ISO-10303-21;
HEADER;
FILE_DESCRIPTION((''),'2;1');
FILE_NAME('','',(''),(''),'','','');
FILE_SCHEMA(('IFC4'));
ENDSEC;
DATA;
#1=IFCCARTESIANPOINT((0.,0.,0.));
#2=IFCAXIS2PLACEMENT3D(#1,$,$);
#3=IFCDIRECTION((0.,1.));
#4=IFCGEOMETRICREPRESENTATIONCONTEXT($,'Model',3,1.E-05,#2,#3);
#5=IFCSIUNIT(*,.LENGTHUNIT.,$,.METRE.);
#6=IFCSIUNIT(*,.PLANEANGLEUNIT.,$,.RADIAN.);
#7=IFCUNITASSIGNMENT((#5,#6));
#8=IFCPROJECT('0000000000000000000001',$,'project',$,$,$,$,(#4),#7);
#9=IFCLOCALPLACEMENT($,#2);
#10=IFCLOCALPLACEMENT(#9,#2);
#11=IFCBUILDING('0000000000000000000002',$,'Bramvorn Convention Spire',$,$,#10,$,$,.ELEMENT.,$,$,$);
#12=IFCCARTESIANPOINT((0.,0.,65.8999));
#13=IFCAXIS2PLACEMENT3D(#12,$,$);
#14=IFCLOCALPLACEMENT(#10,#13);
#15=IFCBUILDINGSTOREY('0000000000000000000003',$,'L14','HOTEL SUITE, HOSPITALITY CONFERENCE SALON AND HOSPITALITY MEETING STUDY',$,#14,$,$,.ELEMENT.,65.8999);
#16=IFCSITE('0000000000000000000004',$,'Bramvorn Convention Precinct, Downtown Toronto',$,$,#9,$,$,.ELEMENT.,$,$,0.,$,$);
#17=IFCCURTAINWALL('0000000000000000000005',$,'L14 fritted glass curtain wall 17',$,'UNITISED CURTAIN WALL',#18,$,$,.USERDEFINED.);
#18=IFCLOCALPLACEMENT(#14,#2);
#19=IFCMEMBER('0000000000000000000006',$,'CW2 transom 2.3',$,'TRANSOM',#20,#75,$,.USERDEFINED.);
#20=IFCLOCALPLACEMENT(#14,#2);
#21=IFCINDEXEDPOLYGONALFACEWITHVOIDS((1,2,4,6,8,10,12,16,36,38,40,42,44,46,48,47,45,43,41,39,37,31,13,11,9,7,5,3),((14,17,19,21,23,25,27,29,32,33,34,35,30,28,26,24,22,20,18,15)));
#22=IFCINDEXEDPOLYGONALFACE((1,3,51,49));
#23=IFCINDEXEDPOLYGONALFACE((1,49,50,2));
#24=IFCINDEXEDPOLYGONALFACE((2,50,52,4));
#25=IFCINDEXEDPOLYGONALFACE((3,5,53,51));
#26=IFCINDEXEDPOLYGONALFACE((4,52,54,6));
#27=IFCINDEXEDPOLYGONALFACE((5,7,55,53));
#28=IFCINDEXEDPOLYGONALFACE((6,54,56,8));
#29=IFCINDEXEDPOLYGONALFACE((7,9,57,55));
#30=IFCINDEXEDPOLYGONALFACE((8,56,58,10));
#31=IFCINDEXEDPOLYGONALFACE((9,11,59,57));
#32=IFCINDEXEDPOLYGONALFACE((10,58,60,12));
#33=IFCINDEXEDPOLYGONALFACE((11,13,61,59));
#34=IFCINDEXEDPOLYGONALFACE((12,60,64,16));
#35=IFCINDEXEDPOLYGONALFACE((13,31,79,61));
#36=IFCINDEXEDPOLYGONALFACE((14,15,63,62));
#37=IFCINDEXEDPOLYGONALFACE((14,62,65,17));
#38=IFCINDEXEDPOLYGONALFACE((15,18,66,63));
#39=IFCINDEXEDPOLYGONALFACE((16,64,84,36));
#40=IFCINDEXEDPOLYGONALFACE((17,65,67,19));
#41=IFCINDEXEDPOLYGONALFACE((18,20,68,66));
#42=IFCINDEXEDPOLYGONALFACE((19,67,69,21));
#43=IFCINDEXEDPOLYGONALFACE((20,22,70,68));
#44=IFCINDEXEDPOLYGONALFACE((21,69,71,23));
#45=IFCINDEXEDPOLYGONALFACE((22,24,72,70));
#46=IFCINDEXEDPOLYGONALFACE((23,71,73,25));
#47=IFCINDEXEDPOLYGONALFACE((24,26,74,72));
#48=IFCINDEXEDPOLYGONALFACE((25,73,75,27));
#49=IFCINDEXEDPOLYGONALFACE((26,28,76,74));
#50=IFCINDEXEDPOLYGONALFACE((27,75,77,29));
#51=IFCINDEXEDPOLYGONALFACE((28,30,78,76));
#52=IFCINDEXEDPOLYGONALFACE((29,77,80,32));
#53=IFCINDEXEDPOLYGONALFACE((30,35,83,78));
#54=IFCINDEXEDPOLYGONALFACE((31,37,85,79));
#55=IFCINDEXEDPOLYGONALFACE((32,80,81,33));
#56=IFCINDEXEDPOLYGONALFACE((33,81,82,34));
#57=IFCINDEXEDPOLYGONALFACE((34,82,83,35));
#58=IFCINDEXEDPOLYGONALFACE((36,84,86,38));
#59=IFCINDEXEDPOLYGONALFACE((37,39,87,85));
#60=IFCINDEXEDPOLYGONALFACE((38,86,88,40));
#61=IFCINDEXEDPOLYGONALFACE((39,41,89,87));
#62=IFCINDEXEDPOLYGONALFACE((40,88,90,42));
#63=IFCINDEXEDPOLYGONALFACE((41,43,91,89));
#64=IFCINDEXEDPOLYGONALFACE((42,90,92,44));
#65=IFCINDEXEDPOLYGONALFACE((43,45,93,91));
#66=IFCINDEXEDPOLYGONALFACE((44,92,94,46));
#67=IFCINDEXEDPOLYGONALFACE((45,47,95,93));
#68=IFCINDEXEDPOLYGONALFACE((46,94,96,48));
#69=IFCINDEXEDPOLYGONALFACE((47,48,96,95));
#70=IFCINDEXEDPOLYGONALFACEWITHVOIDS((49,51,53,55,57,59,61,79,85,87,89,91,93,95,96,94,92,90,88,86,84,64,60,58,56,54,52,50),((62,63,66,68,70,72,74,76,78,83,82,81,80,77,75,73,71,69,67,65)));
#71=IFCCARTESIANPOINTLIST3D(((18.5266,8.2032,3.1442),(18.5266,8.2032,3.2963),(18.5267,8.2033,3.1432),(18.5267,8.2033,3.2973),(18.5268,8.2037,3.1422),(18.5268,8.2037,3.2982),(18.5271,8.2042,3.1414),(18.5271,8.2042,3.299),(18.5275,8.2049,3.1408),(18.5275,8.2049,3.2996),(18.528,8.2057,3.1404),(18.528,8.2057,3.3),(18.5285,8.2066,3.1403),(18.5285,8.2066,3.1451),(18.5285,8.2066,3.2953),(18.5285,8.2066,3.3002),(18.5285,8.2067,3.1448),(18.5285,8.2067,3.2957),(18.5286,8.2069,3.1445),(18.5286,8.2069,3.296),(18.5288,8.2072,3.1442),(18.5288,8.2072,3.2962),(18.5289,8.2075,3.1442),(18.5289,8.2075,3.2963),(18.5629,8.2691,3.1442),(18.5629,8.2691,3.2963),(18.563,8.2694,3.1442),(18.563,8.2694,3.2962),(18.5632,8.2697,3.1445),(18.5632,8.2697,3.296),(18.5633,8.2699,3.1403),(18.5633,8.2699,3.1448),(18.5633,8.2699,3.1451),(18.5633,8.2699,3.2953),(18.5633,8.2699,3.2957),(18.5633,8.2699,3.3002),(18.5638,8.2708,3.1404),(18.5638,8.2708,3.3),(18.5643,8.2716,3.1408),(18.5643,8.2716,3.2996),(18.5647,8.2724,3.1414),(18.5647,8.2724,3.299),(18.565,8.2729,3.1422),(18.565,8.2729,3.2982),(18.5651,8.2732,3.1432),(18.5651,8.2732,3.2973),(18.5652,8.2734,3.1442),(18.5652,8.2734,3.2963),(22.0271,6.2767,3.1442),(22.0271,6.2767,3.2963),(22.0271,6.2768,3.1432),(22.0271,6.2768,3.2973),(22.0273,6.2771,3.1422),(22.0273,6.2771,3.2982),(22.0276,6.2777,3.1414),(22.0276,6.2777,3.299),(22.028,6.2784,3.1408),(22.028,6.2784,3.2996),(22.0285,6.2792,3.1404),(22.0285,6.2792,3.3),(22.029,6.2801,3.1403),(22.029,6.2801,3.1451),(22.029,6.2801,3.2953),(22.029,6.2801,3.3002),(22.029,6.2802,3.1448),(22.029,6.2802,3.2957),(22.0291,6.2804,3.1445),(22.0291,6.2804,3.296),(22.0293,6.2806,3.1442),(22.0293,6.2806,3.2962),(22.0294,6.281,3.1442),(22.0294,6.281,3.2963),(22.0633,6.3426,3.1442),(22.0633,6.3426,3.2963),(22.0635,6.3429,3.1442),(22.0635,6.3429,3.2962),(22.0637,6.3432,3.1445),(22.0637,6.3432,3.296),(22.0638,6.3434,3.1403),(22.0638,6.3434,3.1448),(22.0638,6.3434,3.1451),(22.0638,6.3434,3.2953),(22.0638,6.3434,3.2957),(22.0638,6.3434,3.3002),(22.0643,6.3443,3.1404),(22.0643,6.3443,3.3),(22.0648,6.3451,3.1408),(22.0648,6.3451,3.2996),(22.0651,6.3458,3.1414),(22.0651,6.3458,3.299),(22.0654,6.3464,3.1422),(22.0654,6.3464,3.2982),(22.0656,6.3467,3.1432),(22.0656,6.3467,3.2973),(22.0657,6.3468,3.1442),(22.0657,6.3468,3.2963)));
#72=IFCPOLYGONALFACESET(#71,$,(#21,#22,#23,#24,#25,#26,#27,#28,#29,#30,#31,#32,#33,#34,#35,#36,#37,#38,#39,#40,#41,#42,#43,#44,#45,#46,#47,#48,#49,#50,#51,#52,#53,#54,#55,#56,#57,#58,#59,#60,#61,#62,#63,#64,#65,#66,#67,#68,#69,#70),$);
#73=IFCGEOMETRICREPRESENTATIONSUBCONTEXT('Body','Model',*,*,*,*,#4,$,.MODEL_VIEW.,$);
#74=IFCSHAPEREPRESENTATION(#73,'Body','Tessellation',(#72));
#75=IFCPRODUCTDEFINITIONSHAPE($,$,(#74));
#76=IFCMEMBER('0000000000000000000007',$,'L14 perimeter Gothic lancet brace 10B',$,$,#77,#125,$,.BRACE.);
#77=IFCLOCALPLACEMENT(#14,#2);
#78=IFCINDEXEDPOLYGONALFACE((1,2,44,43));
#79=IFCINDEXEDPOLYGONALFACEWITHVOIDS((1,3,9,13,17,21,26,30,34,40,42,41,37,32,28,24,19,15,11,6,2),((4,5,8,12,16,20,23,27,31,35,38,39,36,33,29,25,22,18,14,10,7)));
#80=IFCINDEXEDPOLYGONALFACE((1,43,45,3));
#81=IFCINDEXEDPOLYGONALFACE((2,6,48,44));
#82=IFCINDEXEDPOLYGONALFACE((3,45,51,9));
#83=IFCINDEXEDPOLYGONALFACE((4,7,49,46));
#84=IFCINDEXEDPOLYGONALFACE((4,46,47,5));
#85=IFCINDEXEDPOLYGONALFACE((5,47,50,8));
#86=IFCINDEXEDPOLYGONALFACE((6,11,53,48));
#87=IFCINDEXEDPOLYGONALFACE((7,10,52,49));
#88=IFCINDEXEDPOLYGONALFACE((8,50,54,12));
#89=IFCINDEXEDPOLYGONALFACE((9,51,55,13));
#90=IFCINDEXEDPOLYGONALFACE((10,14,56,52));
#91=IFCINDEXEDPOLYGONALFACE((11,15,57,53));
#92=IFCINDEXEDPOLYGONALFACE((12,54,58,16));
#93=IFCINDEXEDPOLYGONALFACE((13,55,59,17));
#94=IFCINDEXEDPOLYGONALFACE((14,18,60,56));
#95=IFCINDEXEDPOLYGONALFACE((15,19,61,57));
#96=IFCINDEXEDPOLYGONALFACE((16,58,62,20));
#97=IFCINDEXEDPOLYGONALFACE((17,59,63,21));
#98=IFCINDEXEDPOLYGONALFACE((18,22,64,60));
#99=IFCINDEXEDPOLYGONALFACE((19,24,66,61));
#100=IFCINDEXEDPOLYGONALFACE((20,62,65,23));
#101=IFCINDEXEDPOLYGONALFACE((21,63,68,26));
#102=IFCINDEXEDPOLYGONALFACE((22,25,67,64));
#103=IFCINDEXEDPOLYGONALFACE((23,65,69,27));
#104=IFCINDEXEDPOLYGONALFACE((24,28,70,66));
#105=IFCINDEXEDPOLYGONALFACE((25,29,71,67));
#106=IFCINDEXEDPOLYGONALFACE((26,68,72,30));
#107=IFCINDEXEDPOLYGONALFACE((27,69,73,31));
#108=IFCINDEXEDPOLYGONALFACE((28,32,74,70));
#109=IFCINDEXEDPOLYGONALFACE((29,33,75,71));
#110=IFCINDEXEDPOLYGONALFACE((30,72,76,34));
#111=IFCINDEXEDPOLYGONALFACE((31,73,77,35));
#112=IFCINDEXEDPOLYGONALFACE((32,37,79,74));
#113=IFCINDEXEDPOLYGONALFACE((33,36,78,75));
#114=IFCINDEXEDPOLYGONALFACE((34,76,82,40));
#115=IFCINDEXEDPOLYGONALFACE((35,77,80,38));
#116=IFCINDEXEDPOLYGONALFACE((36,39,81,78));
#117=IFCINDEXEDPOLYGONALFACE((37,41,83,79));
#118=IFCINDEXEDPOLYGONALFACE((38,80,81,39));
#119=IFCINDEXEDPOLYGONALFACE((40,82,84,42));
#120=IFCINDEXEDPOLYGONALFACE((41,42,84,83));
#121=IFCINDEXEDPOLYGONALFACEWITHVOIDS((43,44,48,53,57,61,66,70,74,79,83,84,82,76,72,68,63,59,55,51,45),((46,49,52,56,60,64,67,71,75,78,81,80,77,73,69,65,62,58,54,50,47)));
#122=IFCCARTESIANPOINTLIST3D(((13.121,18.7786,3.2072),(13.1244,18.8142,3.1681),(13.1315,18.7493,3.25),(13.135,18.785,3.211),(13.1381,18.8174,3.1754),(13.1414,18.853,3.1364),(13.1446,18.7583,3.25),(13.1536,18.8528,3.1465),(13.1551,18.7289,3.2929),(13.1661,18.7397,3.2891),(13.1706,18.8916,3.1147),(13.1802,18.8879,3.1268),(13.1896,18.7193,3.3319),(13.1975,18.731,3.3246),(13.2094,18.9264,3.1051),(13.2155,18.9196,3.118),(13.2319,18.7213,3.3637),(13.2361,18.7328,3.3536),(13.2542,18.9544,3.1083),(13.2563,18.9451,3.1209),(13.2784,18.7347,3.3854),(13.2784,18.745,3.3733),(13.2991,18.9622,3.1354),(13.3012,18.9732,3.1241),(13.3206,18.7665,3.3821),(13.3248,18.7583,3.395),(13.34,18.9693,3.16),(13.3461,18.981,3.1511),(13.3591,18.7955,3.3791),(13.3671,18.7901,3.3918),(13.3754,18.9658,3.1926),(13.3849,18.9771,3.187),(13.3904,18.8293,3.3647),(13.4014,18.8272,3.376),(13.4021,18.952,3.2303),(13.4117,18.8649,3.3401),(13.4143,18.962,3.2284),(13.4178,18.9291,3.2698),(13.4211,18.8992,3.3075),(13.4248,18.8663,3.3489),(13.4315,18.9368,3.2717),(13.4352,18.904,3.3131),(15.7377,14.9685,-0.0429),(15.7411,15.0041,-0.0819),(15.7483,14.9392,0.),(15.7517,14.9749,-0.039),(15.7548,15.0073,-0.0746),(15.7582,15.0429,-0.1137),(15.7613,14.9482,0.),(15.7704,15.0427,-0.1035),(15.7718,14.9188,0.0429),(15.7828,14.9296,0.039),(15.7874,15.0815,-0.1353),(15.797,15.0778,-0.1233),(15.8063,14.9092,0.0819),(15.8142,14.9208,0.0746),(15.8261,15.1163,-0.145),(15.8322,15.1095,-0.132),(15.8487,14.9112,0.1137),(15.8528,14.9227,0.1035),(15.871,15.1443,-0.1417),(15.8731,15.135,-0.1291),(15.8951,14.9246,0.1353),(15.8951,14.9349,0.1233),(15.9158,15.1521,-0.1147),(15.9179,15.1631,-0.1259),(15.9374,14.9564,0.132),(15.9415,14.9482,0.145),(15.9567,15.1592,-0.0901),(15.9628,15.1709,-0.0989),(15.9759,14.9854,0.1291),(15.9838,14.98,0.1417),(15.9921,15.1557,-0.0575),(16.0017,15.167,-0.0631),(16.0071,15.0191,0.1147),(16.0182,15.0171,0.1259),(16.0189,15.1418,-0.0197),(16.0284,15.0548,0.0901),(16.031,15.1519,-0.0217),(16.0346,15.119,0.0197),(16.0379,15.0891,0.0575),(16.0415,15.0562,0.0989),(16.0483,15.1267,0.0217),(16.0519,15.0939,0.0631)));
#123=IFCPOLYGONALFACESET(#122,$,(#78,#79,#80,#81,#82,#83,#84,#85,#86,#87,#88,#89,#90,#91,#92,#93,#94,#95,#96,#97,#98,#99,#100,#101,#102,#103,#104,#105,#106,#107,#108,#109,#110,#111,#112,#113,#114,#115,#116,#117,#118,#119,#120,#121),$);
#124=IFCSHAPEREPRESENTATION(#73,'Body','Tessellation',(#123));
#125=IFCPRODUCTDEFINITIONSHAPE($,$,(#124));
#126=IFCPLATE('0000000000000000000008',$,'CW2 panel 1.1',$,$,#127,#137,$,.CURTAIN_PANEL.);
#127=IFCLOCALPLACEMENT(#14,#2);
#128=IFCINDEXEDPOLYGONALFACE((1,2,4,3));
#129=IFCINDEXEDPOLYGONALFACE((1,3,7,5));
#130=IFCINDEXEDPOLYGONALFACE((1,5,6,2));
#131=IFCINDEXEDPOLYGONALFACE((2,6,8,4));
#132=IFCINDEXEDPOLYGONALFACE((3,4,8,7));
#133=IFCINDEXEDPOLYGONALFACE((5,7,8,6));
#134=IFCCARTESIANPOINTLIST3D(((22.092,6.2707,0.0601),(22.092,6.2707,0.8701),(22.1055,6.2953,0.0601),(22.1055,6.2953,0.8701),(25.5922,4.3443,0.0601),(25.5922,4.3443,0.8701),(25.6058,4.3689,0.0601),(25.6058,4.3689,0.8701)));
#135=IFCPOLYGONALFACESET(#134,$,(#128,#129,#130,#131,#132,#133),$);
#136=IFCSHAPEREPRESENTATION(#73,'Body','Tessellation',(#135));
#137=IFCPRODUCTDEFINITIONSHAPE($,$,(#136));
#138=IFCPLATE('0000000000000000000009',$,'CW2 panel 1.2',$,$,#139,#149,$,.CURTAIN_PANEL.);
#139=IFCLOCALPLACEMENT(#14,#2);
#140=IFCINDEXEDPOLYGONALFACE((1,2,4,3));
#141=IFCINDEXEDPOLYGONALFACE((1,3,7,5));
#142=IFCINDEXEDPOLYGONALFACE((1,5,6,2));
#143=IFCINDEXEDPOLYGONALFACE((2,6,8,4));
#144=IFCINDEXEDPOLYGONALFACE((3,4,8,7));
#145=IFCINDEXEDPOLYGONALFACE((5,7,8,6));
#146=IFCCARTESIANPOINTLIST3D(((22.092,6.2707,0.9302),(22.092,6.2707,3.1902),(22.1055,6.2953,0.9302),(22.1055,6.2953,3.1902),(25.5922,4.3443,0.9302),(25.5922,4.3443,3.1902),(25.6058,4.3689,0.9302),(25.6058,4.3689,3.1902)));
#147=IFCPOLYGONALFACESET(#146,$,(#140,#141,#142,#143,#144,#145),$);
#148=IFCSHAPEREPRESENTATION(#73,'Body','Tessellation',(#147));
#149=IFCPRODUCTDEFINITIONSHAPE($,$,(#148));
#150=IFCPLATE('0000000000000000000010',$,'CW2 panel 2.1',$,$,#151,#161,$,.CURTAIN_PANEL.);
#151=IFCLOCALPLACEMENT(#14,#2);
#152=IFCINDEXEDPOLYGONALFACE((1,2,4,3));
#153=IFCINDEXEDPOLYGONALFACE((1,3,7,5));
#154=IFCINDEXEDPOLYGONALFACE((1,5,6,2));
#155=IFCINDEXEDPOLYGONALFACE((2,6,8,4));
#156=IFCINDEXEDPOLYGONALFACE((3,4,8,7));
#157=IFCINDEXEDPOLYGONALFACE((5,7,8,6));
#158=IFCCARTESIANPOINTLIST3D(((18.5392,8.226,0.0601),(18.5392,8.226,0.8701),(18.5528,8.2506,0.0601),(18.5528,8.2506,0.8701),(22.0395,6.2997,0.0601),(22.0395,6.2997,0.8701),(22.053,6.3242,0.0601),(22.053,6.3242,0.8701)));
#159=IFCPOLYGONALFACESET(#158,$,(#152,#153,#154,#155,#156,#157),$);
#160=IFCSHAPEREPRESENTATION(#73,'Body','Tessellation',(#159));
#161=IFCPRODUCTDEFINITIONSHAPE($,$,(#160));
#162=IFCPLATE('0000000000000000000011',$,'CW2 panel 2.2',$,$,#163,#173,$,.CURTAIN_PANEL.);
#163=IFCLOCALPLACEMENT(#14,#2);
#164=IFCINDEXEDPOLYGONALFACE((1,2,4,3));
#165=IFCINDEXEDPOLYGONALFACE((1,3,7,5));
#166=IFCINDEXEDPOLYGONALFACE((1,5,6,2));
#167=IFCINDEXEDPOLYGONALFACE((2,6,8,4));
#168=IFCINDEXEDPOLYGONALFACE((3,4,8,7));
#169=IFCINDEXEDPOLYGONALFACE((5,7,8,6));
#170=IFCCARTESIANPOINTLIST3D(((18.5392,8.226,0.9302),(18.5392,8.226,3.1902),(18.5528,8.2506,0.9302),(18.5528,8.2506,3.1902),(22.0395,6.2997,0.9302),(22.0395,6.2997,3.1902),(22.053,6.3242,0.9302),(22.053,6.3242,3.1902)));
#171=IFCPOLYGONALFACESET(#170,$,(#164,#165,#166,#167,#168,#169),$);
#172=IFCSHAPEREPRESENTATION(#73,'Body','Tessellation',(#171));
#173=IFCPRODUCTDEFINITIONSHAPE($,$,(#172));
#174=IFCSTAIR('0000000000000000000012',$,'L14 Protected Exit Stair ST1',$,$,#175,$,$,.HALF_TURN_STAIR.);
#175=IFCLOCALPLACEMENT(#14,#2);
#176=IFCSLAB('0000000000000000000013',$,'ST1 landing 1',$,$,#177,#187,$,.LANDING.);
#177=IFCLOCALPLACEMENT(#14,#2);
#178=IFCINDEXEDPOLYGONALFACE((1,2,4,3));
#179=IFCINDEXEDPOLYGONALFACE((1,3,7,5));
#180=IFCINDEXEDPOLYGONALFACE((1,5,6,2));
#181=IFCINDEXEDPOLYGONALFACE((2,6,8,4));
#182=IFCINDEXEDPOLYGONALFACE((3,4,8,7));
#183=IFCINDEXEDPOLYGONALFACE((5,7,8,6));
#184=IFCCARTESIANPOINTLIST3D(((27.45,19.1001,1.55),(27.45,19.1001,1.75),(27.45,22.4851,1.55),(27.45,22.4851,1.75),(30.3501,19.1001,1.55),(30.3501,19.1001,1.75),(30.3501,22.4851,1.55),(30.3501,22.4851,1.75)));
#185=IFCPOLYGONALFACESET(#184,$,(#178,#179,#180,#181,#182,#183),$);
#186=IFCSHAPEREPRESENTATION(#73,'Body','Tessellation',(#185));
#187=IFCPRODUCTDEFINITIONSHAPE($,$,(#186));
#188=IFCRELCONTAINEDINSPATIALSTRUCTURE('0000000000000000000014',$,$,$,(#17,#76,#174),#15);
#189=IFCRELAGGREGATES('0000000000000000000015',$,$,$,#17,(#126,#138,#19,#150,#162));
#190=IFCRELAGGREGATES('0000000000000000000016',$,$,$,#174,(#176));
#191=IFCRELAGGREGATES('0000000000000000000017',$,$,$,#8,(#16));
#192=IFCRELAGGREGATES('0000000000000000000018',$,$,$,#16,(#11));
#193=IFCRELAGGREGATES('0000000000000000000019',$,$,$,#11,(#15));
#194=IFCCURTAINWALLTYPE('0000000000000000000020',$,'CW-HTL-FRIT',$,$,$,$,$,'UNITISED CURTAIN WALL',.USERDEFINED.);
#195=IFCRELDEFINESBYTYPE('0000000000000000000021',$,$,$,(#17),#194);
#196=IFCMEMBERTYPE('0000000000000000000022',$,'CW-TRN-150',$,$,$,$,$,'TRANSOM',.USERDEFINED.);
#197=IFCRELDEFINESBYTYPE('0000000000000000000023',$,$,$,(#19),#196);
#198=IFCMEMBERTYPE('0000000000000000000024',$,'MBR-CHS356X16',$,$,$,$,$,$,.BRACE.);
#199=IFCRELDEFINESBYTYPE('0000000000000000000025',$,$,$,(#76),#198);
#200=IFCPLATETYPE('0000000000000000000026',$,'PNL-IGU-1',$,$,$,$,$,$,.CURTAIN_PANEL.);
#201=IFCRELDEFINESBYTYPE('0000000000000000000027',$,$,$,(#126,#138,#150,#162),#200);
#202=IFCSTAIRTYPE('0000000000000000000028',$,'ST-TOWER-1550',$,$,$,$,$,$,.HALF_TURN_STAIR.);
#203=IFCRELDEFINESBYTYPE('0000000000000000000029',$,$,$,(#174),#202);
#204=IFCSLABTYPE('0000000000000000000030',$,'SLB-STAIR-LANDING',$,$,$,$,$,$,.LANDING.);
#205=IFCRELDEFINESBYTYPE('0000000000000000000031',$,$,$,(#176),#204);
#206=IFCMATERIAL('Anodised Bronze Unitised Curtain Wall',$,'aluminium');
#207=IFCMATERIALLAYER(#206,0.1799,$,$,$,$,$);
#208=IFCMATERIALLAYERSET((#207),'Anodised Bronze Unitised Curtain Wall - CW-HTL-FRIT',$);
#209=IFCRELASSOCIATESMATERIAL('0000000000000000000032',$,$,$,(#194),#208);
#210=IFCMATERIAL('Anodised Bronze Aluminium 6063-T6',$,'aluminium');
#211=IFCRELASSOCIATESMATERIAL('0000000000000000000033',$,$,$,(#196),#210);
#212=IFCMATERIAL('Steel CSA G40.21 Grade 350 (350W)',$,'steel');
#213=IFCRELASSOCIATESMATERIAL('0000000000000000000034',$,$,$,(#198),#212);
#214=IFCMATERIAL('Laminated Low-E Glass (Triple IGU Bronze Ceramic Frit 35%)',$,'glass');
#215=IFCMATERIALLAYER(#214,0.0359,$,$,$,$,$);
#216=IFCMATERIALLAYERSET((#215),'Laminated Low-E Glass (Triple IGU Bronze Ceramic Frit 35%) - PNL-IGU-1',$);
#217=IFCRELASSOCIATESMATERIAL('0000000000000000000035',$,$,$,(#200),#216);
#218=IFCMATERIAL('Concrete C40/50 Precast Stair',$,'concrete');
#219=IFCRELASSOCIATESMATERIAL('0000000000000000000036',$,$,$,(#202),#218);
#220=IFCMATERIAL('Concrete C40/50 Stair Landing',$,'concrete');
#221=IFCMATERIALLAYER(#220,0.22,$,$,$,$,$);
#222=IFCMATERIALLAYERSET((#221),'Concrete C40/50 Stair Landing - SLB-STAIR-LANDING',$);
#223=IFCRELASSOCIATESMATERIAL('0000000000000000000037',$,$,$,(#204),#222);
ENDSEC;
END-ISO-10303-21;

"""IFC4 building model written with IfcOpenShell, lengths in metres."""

from ifc_helpers import new_model, si_unit, direction, frame, origin, origin_2d, place, context, subcontext, project, spatial, polyline, rectangle, hollow_rectangle, hollow_circle, outline, extrude, material, layer, layer_set, material_profile, profile_set, type_object, element, aggregate, save


model = new_model("IFC4")

# Units and contexts
model_context = context("Model", 3, precision=1e-05, world=origin(), true_north=direction((0.0, 1.0)))
body_context = subcontext(model_context, "Body", "Model", "MODEL_VIEW")
ifc_project = project(units=[si_unit("LENGTHUNIT", "METRE"), si_unit("PLANEANGLEUNIT", "RADIAN")], contexts=[model_context])

# Site, building, storey
site_placement = place(None, origin())
site = spatial("IfcSite", under=ifc_project, at=site_placement, Name="Bramvorn Convention Precinct, Downtown Toronto", CompositionType="ELEMENT", RefElevation=0.0)
building_placement = place(site_placement, origin())
building = spatial("IfcBuilding", under=site, at=building_placement, Name="Bramvorn Convention Spire", CompositionType="ELEMENT")
storey_placement = place(building_placement, frame((0.0, 0.0, 65.8999)))
storey = spatial("IfcBuildingStorey", under=building, at=storey_placement, Name="L14", Description="HOTEL SUITE, HOSPITALITY CONFERENCE SALON AND HOSPITALITY MEETING STUDY", CompositionType="ELEMENT", Elevation=65.8999)

# Shared definitions
ifc_material_1 = material(Name="Steel CSA G40.21 Grade 350 (350W)", Category="steel")

# Curtain wall, member
ifc_material_2 = material(Name="Anodised Bronze Unitised Curtain Wall", Category="aluminium")
ifc_layer_1 = layer(ifc_material_2, 0.1799)
ifc_layer_set_1 = layer_set([ifc_layer_1], Name="Anodised Bronze Unitised Curtain Wall - CW-HTL-FRIT")
curtain_wall_type = type_object("IfcCurtainWallType", Name="CW-HTL-FRIT", ElementType="UNITISED CURTAIN WALL", PredefinedType="USERDEFINED", material=ifc_layer_set_1)
curtain_wall_placement = place(storey_placement, origin())
curtain_wall = element("IfcCurtainWall", 1, at=curtain_wall_placement, inside=storey, type_object=curtain_wall_type, Name="L14 fritted glass curtain wall 17", ObjectType="UNITISED CURTAIN WALL", PredefinedType="USERDEFINED")
ifc_material_3 = material(Name="Anodised Bronze Aluminium 6063-T6", Category="aluminium")
ifc_material_profile_1 = material_profile(ifc_material_3, hollow_rectangle(XDim=0.0801, YDim=0.1599, WallThickness=0.0039, InnerFilletRadius=0.001, OuterFilletRadius=0.0039, at=origin_2d()))
ifc_profile_set_1 = profile_set([ifc_material_profile_1], Name="Anodised Bronze Aluminium 6063-T6 - CWT80X160")
member_type_1 = type_object("IfcMemberType", Name="CW-TRN-150", ElementType="TRANSOM", PredefinedType="USERDEFINED", material=ifc_profile_set_1)
member_1_placement = place(storey_placement, frame((22.0464, 6.3118, 3.2202), z_axis=(-0.876084, 0.482158, 0.0), x_axis=(-0.482158, -0.876084, 0.0)))
member_1 = element("IfcMember", 2, at=member_1_placement, type_object=member_type_1, Name="CW2 transom 2.3", ObjectType="TRANSOM", PredefinedType="USERDEFINED", context=body_context, shape_type="SweptSolid", body=[
    extrude(hollow_rectangle(XDim=0.0801, YDim=0.1599, WallThickness=0.0039, InnerFilletRadius=0.001, OuterFilletRadius=0.0039, at=origin_2d()), origin(), (0.0, 0.0, 1.0), 3.9956),
])

# Member
ifc_material_profile_2 = material_profile(ifc_material_1, hollow_circle(Radius=0.1777, WallThickness=0.0159, at=origin_2d()))
ifc_profile_set_2 = profile_set([ifc_material_profile_2], Name="Steel CSA G40.21 Grade 350 (350W) - CHS356X16")
member_type_2 = type_object("IfcMemberType", Name="MBR-CHS356X16", PredefinedType="BRACE", material=ifc_profile_set_2)
member_2_placement = place(storey_placement, frame((15.8948, 15.0398, 0.0), z_axis=(-0.463106, 0.674308, 0.575188), x_axis=(-0.824316, -0.56613, 0.0)))
element("IfcMember", 3, at=member_2_placement, inside=storey, type_object=member_type_2, Name="L14 perimeter Gothic lancet brace 10B", PredefinedType="BRACE", context=body_context, shape_type="SweptSolid", body=[
    extrude(hollow_circle(Radius=0.1777, WallThickness=0.0159, at=origin_2d()), origin(), (0.0, 0.0, 1.0), 5.6504),
])

# Plates
ifc_material_4 = material(Name="Laminated Low-E Glass (Triple IGU Bronze Ceramic Frit 35%)", Category="glass")
ifc_layer_2 = layer(ifc_material_4, 0.0359)
ifc_layer_set_2 = layer_set([ifc_layer_2], Name="Laminated Low-E Glass (Triple IGU Bronze Ceramic Frit 35%) - PNL-IGU-1")
plate_type = type_object("IfcPlateType", Name="PNL-IGU-1", PredefinedType="CURTAIN_PANEL", material=ifc_layer_set_2)
plate_1_placement = place(storey_placement, frame((23.8489, 5.3198, 0.0601), z_axis=(0.0, 0.0, 1.0), x_axis=(-0.876085, 0.482157, 0.0)))
plate_1 = element("IfcPlate", 4, at=plate_1_placement, type_object=plate_type, Name="CW2 panel 1.1", PredefinedType="CURTAIN_PANEL", context=body_context, shape_type="SweptSolid", body=[
    extrude(rectangle(XDim=3.9954, YDim=0.0281, at=origin_2d()), origin(), (0.0, 0.0, 1.0), 0.8101),
])
plate_2_placement = place(storey_placement, frame((23.8489, 5.3198, 0.9302), z_axis=(0.0, 0.0, 1.0), x_axis=(-0.876085, 0.482157, 0.0)))
plate_2 = element("IfcPlate", 5, at=plate_2_placement, type_object=plate_type, Name="CW2 panel 1.2", PredefinedType="CURTAIN_PANEL", context=body_context, shape_type="SweptSolid", body=[
    extrude(rectangle(XDim=3.9954, YDim=0.0281, at=origin_2d()), origin(), (0.0, 0.0, 1.0), 2.26),
])
plate_3_placement = place(storey_placement, frame((20.2961, 7.2751, 0.0601), z_axis=(0.0, 0.0, 1.0), x_axis=(-0.876085, 0.482157, 0.0)))
plate_3 = element("IfcPlate", 6, at=plate_3_placement, type_object=plate_type, Name="CW2 panel 2.1", PredefinedType="CURTAIN_PANEL", context=body_context, shape_type="SweptSolid", body=[
    extrude(rectangle(XDim=3.9954, YDim=0.0281, at=origin_2d()), origin(), (0.0, 0.0, 1.0), 0.8101),
])
plate_4_placement = place(storey_placement, frame((20.2961, 7.2751, 0.9302), z_axis=(0.0, 0.0, 1.0), x_axis=(-0.876085, 0.482157, 0.0)))
plate_4 = element("IfcPlate", 7, at=plate_4_placement, type_object=plate_type, Name="CW2 panel 2.2", PredefinedType="CURTAIN_PANEL", context=body_context, shape_type="SweptSolid", body=[
    extrude(rectangle(XDim=3.9954, YDim=0.0281, at=origin_2d()), origin(), (0.0, 0.0, 1.0), 2.26),
])
aggregate(curtain_wall, [plate_1, plate_2, member_1, plate_3, plate_4])

# Stair, slab
ifc_material_5 = material(Name="Concrete C40/50 Precast Stair", Category="concrete")
stair_type = type_object("IfcStairType", Name="ST-TOWER-1550", PredefinedType="HALF_TURN_STAIR", material=ifc_material_5)
stair_1_placement = place(storey_placement, origin())
stair_1 = element("IfcStair", 8, at=stair_1_placement, inside=storey, type_object=stair_type, Name="L14 Protected Exit Stair ST1", PredefinedType="HALF_TURN_STAIR")
ifc_material_6 = material(Name="Concrete C40/50 Stair Landing", Category="concrete")
ifc_layer_3 = layer(ifc_material_6, 0.22)
ifc_layer_set_3 = layer_set([ifc_layer_3], Name="Concrete C40/50 Stair Landing - SLB-STAIR-LANDING")
slab_type_1 = type_object("IfcSlabType", Name="SLB-STAIR-LANDING", PredefinedType="LANDING", material=ifc_layer_set_3)
slab_1_placement = place(storey_placement, frame((0.0, 0.0, 1.55)))
slab_1 = element("IfcSlab", 9, at=slab_1_placement, type_object=slab_type_1, Name="ST1 landing 1", PredefinedType="LANDING", context=body_context, shape_type="SweptSolid", body=[
    extrude(outline(polyline([(27.45, 22.4851), (27.45, 19.1001), (30.3501, 19.1001), (30.3501, 22.4851), (27.45, 22.4851)])), origin(), (0.0, 0.0, 1.0), 0.2),
])
aggregate(stair_1, [slab_1])

save(model, "model.ifc")
